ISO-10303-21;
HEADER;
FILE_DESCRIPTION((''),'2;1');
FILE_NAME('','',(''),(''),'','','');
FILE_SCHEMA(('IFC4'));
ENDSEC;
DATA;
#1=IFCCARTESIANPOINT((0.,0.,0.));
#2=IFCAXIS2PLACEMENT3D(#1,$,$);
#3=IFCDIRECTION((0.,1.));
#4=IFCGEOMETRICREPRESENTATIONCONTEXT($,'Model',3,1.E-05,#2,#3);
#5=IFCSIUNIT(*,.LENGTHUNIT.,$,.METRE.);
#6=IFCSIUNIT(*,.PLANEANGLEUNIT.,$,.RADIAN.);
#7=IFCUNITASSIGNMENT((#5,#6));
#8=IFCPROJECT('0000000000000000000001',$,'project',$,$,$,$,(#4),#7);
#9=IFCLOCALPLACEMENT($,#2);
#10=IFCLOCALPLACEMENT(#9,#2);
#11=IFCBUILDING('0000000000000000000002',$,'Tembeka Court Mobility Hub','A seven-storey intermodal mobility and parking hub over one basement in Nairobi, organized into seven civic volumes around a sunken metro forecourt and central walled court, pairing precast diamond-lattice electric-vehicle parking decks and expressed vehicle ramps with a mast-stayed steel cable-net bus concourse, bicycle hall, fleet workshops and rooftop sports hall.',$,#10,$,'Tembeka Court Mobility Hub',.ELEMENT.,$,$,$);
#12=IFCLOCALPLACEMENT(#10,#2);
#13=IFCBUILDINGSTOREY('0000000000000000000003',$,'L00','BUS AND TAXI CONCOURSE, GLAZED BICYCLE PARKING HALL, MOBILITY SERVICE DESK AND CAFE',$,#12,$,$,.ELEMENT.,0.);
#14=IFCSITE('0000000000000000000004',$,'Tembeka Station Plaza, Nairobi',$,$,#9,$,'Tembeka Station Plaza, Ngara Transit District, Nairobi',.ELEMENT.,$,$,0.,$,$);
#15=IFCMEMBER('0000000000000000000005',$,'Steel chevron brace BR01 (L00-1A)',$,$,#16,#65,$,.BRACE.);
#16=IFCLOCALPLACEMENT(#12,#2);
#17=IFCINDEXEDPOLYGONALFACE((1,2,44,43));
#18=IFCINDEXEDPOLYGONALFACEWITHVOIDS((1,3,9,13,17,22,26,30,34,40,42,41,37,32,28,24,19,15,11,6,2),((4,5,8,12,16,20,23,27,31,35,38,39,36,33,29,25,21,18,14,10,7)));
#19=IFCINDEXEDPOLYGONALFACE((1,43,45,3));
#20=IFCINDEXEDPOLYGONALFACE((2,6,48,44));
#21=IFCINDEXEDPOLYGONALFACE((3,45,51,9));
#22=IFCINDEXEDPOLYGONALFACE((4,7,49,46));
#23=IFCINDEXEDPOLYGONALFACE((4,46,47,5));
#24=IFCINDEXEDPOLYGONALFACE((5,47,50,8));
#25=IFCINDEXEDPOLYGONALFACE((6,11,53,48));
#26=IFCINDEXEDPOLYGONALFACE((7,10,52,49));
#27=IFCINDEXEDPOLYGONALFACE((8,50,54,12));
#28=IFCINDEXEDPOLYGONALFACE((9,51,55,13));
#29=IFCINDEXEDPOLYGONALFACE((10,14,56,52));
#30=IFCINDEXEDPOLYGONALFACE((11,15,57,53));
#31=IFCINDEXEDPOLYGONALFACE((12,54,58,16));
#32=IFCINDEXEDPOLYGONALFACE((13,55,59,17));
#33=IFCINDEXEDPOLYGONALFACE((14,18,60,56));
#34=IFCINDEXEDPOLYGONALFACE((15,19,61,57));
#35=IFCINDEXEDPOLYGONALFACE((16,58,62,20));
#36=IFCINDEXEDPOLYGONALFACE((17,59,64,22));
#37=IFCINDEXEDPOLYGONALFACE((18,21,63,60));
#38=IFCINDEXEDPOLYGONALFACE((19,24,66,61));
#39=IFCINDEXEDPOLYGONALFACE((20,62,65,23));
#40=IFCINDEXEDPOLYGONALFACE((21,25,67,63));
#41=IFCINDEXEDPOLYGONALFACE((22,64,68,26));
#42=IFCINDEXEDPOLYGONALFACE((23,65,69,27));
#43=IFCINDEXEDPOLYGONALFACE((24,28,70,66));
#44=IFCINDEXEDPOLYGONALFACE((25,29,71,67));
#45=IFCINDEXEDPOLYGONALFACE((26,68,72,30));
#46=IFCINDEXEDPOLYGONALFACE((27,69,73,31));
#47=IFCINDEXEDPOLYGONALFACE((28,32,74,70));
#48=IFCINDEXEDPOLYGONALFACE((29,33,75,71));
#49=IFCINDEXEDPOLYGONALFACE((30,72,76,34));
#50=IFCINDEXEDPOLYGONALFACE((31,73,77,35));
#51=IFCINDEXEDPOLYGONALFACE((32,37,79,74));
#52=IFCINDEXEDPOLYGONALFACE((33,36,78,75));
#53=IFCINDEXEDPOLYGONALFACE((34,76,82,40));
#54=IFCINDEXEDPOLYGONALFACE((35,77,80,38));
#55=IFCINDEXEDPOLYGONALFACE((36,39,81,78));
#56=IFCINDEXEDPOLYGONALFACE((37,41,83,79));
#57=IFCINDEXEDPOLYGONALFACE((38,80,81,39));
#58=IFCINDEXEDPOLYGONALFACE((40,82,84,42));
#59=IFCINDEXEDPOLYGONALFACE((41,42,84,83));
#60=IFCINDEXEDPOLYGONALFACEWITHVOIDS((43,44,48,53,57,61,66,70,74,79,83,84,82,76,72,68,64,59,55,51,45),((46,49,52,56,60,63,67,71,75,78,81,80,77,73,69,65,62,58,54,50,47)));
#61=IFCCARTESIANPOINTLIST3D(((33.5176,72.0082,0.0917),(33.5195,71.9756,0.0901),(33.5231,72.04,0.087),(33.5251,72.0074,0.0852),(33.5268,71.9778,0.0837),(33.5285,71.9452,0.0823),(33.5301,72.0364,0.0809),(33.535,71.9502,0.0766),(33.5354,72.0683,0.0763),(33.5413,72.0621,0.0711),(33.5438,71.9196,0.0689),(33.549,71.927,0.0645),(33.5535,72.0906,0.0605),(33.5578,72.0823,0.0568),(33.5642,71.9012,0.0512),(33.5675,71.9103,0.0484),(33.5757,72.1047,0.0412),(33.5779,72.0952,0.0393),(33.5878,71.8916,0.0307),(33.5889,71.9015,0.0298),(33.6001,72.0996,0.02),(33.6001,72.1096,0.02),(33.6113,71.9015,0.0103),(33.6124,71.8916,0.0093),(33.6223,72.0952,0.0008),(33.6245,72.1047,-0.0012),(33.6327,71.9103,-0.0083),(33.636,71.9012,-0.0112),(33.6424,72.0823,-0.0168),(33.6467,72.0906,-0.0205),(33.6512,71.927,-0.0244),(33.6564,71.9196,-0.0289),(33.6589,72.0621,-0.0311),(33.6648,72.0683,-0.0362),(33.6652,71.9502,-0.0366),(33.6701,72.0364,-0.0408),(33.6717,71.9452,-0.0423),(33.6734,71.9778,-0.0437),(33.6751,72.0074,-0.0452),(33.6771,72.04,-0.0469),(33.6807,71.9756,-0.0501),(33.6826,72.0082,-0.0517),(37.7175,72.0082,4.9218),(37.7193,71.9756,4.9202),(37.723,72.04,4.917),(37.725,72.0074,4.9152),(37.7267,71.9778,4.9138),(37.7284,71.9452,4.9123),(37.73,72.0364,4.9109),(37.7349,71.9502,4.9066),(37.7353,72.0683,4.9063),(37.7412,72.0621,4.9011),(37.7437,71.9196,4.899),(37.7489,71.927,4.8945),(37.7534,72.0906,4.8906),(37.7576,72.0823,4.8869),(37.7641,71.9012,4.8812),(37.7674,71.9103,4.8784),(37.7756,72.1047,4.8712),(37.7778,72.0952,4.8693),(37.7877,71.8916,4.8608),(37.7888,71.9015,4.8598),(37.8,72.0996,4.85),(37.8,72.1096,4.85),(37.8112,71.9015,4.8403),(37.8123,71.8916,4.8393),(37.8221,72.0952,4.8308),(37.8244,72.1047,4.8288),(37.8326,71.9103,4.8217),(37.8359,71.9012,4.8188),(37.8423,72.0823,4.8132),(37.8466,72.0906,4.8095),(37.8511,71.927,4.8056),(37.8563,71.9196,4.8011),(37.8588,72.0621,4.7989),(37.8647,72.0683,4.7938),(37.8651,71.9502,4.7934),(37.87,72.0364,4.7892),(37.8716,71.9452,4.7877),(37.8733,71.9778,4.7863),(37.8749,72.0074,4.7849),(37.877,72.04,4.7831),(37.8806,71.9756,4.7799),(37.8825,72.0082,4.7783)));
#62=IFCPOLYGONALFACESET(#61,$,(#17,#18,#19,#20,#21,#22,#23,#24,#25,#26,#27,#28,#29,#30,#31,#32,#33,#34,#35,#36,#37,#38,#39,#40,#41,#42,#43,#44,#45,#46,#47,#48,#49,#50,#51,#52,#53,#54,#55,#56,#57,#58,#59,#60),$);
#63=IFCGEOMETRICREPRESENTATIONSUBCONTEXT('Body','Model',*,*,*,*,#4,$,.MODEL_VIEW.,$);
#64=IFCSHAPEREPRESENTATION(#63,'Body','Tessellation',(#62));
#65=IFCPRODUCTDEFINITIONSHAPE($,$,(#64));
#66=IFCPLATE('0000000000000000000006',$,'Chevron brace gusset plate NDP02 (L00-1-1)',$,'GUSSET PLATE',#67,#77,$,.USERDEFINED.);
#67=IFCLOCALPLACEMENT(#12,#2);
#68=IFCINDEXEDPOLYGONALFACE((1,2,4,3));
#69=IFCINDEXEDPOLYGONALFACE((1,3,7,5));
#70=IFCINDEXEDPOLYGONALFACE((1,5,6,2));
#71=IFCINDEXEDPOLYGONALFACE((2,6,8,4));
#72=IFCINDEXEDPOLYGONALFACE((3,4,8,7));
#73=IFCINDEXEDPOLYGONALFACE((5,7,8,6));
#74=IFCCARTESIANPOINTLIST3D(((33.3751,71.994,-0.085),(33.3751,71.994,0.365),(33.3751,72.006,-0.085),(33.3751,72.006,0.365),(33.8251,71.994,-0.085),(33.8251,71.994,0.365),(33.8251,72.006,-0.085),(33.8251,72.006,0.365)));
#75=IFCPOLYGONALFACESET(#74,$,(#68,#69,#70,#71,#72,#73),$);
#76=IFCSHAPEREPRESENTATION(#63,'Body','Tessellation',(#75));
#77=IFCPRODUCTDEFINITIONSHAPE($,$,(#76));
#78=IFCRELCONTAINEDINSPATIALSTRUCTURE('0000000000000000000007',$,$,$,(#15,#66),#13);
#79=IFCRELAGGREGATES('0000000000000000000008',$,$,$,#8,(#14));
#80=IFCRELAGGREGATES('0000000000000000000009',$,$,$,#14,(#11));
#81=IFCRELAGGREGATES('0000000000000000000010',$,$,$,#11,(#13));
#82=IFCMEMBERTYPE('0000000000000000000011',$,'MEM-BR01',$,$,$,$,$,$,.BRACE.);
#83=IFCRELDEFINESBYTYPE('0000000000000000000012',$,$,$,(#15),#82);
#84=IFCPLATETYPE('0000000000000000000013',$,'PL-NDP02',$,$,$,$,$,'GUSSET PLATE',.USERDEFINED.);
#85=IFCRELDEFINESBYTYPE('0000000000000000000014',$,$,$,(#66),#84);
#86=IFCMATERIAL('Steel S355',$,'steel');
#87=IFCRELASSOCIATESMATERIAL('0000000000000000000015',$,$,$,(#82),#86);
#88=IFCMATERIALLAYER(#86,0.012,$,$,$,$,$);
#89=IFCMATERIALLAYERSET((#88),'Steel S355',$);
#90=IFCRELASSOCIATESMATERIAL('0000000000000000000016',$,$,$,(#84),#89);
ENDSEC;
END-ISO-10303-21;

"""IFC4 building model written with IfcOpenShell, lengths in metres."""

from ifc_helpers import new_model, si_unit, direction, frame, origin, origin_2d, place, context, subcontext, project, spatial, rectangle, hollow_circle, extrude, material, layer, layer_set, material_profile, profile_set, type_object, element, save


model = new_model("IFC4")

# Units and contexts
model_context = context("Model", 3, precision=1e-05, world=origin(), true_north=direction((0.0, 1.0)))
body_context = subcontext(model_context, "Body", "Model", "MODEL_VIEW")
ifc_project = project(units=[si_unit("LENGTHUNIT", "METRE"), si_unit("PLANEANGLEUNIT", "RADIAN")], contexts=[model_context])

# Site, building, storey
site_placement = place(None, origin())
site = spatial("IfcSite", under=ifc_project, at=site_placement, Name="Tembeka Station Plaza, Nairobi", LongName="Tembeka Station Plaza, Ngara Transit District, Nairobi", CompositionType="ELEMENT", RefElevation=0.0)
building_placement = place(site_placement, origin())
building = spatial("IfcBuilding", under=site, at=building_placement, Name="Tembeka Court Mobility Hub", Description="A seven-storey intermodal mobility and parking hub over one basement in Nairobi, organized into seven civic volumes around a sunken metro forecourt and central walled court, pairing precast diamond-lattice electric-vehicle parking decks and expressed vehicle ramps with a mast-stayed steel cable-net bus concourse, bicycle hall, fleet workshops and rooftop sports hall.", LongName="Tembeka Court Mobility Hub", CompositionType="ELEMENT")
storey_placement = place(building_placement, origin())
storey = spatial("IfcBuildingStorey", under=building, at=storey_placement, Name="L00", Description="BUS AND TAXI CONCOURSE, GLAZED BICYCLE PARKING HALL, MOBILITY SERVICE DESK AND CAFE", CompositionType="ELEMENT", Elevation=0.0)

# Shared definitions
ifc_material = material(Name="Steel S355", Category="steel")

# Member
ifc_material_profile_1 = material_profile(ifc_material, hollow_circle(Radius=0.1096, WallThickness=0.01, at=origin_2d()), Name="CHS 219.1x10")
ifc_profile_set_1 = profile_set([ifc_material_profile_1], Name="Steel S355")
member_type = type_object("IfcMemberType", Name="MEM-BR01", PredefinedType="BRACE", material=ifc_profile_set_1)
member_placement = place(storey_placement, frame((33.6001, 72.0, 0.02), z_axis=(0.656168, 0.0, 0.754615), x_axis=(0.0, 1.0, 0.0)))
element("IfcMember", 1, at=member_placement, inside=storey, type_object=member_type, Name="Steel chevron brace BR01 (L00-1A)", PredefinedType="BRACE", context=body_context, shape_type="SweptSolid", body=[
    extrude(hollow_circle(Radius=0.1096, WallThickness=0.01, at=origin_2d()), origin(), (0.0, 0.0, 1.0), 6.4006),
])

# Plate
ifc_layer = layer(ifc_material, 0.012)
ifc_layer_set = layer_set([ifc_layer], Name="Steel S355")
plate_type = type_object("IfcPlateType", Name="PL-NDP02", ElementType="GUSSET PLATE", PredefinedType="USERDEFINED", material=ifc_layer_set)
plate_placement = place(storey_placement, frame((33.6001, 72.0, -0.085), z_axis=(0.0, 0.0, 1.0), x_axis=(1.0, 0.0, 0.0)))
element("IfcPlate", 2, at=plate_placement, inside=storey, type_object=plate_type, Name="Chevron brace gusset plate NDP02 (L00-1-1)", ObjectType="GUSSET PLATE", PredefinedType="USERDEFINED", context=body_context, shape_type="SweptSolid", body=[
    extrude(rectangle(XDim=0.45, YDim=0.012, at=origin_2d()), origin(), (0.0, 0.0, 1.0), 0.45),
])

save(model, "model.ifc")
